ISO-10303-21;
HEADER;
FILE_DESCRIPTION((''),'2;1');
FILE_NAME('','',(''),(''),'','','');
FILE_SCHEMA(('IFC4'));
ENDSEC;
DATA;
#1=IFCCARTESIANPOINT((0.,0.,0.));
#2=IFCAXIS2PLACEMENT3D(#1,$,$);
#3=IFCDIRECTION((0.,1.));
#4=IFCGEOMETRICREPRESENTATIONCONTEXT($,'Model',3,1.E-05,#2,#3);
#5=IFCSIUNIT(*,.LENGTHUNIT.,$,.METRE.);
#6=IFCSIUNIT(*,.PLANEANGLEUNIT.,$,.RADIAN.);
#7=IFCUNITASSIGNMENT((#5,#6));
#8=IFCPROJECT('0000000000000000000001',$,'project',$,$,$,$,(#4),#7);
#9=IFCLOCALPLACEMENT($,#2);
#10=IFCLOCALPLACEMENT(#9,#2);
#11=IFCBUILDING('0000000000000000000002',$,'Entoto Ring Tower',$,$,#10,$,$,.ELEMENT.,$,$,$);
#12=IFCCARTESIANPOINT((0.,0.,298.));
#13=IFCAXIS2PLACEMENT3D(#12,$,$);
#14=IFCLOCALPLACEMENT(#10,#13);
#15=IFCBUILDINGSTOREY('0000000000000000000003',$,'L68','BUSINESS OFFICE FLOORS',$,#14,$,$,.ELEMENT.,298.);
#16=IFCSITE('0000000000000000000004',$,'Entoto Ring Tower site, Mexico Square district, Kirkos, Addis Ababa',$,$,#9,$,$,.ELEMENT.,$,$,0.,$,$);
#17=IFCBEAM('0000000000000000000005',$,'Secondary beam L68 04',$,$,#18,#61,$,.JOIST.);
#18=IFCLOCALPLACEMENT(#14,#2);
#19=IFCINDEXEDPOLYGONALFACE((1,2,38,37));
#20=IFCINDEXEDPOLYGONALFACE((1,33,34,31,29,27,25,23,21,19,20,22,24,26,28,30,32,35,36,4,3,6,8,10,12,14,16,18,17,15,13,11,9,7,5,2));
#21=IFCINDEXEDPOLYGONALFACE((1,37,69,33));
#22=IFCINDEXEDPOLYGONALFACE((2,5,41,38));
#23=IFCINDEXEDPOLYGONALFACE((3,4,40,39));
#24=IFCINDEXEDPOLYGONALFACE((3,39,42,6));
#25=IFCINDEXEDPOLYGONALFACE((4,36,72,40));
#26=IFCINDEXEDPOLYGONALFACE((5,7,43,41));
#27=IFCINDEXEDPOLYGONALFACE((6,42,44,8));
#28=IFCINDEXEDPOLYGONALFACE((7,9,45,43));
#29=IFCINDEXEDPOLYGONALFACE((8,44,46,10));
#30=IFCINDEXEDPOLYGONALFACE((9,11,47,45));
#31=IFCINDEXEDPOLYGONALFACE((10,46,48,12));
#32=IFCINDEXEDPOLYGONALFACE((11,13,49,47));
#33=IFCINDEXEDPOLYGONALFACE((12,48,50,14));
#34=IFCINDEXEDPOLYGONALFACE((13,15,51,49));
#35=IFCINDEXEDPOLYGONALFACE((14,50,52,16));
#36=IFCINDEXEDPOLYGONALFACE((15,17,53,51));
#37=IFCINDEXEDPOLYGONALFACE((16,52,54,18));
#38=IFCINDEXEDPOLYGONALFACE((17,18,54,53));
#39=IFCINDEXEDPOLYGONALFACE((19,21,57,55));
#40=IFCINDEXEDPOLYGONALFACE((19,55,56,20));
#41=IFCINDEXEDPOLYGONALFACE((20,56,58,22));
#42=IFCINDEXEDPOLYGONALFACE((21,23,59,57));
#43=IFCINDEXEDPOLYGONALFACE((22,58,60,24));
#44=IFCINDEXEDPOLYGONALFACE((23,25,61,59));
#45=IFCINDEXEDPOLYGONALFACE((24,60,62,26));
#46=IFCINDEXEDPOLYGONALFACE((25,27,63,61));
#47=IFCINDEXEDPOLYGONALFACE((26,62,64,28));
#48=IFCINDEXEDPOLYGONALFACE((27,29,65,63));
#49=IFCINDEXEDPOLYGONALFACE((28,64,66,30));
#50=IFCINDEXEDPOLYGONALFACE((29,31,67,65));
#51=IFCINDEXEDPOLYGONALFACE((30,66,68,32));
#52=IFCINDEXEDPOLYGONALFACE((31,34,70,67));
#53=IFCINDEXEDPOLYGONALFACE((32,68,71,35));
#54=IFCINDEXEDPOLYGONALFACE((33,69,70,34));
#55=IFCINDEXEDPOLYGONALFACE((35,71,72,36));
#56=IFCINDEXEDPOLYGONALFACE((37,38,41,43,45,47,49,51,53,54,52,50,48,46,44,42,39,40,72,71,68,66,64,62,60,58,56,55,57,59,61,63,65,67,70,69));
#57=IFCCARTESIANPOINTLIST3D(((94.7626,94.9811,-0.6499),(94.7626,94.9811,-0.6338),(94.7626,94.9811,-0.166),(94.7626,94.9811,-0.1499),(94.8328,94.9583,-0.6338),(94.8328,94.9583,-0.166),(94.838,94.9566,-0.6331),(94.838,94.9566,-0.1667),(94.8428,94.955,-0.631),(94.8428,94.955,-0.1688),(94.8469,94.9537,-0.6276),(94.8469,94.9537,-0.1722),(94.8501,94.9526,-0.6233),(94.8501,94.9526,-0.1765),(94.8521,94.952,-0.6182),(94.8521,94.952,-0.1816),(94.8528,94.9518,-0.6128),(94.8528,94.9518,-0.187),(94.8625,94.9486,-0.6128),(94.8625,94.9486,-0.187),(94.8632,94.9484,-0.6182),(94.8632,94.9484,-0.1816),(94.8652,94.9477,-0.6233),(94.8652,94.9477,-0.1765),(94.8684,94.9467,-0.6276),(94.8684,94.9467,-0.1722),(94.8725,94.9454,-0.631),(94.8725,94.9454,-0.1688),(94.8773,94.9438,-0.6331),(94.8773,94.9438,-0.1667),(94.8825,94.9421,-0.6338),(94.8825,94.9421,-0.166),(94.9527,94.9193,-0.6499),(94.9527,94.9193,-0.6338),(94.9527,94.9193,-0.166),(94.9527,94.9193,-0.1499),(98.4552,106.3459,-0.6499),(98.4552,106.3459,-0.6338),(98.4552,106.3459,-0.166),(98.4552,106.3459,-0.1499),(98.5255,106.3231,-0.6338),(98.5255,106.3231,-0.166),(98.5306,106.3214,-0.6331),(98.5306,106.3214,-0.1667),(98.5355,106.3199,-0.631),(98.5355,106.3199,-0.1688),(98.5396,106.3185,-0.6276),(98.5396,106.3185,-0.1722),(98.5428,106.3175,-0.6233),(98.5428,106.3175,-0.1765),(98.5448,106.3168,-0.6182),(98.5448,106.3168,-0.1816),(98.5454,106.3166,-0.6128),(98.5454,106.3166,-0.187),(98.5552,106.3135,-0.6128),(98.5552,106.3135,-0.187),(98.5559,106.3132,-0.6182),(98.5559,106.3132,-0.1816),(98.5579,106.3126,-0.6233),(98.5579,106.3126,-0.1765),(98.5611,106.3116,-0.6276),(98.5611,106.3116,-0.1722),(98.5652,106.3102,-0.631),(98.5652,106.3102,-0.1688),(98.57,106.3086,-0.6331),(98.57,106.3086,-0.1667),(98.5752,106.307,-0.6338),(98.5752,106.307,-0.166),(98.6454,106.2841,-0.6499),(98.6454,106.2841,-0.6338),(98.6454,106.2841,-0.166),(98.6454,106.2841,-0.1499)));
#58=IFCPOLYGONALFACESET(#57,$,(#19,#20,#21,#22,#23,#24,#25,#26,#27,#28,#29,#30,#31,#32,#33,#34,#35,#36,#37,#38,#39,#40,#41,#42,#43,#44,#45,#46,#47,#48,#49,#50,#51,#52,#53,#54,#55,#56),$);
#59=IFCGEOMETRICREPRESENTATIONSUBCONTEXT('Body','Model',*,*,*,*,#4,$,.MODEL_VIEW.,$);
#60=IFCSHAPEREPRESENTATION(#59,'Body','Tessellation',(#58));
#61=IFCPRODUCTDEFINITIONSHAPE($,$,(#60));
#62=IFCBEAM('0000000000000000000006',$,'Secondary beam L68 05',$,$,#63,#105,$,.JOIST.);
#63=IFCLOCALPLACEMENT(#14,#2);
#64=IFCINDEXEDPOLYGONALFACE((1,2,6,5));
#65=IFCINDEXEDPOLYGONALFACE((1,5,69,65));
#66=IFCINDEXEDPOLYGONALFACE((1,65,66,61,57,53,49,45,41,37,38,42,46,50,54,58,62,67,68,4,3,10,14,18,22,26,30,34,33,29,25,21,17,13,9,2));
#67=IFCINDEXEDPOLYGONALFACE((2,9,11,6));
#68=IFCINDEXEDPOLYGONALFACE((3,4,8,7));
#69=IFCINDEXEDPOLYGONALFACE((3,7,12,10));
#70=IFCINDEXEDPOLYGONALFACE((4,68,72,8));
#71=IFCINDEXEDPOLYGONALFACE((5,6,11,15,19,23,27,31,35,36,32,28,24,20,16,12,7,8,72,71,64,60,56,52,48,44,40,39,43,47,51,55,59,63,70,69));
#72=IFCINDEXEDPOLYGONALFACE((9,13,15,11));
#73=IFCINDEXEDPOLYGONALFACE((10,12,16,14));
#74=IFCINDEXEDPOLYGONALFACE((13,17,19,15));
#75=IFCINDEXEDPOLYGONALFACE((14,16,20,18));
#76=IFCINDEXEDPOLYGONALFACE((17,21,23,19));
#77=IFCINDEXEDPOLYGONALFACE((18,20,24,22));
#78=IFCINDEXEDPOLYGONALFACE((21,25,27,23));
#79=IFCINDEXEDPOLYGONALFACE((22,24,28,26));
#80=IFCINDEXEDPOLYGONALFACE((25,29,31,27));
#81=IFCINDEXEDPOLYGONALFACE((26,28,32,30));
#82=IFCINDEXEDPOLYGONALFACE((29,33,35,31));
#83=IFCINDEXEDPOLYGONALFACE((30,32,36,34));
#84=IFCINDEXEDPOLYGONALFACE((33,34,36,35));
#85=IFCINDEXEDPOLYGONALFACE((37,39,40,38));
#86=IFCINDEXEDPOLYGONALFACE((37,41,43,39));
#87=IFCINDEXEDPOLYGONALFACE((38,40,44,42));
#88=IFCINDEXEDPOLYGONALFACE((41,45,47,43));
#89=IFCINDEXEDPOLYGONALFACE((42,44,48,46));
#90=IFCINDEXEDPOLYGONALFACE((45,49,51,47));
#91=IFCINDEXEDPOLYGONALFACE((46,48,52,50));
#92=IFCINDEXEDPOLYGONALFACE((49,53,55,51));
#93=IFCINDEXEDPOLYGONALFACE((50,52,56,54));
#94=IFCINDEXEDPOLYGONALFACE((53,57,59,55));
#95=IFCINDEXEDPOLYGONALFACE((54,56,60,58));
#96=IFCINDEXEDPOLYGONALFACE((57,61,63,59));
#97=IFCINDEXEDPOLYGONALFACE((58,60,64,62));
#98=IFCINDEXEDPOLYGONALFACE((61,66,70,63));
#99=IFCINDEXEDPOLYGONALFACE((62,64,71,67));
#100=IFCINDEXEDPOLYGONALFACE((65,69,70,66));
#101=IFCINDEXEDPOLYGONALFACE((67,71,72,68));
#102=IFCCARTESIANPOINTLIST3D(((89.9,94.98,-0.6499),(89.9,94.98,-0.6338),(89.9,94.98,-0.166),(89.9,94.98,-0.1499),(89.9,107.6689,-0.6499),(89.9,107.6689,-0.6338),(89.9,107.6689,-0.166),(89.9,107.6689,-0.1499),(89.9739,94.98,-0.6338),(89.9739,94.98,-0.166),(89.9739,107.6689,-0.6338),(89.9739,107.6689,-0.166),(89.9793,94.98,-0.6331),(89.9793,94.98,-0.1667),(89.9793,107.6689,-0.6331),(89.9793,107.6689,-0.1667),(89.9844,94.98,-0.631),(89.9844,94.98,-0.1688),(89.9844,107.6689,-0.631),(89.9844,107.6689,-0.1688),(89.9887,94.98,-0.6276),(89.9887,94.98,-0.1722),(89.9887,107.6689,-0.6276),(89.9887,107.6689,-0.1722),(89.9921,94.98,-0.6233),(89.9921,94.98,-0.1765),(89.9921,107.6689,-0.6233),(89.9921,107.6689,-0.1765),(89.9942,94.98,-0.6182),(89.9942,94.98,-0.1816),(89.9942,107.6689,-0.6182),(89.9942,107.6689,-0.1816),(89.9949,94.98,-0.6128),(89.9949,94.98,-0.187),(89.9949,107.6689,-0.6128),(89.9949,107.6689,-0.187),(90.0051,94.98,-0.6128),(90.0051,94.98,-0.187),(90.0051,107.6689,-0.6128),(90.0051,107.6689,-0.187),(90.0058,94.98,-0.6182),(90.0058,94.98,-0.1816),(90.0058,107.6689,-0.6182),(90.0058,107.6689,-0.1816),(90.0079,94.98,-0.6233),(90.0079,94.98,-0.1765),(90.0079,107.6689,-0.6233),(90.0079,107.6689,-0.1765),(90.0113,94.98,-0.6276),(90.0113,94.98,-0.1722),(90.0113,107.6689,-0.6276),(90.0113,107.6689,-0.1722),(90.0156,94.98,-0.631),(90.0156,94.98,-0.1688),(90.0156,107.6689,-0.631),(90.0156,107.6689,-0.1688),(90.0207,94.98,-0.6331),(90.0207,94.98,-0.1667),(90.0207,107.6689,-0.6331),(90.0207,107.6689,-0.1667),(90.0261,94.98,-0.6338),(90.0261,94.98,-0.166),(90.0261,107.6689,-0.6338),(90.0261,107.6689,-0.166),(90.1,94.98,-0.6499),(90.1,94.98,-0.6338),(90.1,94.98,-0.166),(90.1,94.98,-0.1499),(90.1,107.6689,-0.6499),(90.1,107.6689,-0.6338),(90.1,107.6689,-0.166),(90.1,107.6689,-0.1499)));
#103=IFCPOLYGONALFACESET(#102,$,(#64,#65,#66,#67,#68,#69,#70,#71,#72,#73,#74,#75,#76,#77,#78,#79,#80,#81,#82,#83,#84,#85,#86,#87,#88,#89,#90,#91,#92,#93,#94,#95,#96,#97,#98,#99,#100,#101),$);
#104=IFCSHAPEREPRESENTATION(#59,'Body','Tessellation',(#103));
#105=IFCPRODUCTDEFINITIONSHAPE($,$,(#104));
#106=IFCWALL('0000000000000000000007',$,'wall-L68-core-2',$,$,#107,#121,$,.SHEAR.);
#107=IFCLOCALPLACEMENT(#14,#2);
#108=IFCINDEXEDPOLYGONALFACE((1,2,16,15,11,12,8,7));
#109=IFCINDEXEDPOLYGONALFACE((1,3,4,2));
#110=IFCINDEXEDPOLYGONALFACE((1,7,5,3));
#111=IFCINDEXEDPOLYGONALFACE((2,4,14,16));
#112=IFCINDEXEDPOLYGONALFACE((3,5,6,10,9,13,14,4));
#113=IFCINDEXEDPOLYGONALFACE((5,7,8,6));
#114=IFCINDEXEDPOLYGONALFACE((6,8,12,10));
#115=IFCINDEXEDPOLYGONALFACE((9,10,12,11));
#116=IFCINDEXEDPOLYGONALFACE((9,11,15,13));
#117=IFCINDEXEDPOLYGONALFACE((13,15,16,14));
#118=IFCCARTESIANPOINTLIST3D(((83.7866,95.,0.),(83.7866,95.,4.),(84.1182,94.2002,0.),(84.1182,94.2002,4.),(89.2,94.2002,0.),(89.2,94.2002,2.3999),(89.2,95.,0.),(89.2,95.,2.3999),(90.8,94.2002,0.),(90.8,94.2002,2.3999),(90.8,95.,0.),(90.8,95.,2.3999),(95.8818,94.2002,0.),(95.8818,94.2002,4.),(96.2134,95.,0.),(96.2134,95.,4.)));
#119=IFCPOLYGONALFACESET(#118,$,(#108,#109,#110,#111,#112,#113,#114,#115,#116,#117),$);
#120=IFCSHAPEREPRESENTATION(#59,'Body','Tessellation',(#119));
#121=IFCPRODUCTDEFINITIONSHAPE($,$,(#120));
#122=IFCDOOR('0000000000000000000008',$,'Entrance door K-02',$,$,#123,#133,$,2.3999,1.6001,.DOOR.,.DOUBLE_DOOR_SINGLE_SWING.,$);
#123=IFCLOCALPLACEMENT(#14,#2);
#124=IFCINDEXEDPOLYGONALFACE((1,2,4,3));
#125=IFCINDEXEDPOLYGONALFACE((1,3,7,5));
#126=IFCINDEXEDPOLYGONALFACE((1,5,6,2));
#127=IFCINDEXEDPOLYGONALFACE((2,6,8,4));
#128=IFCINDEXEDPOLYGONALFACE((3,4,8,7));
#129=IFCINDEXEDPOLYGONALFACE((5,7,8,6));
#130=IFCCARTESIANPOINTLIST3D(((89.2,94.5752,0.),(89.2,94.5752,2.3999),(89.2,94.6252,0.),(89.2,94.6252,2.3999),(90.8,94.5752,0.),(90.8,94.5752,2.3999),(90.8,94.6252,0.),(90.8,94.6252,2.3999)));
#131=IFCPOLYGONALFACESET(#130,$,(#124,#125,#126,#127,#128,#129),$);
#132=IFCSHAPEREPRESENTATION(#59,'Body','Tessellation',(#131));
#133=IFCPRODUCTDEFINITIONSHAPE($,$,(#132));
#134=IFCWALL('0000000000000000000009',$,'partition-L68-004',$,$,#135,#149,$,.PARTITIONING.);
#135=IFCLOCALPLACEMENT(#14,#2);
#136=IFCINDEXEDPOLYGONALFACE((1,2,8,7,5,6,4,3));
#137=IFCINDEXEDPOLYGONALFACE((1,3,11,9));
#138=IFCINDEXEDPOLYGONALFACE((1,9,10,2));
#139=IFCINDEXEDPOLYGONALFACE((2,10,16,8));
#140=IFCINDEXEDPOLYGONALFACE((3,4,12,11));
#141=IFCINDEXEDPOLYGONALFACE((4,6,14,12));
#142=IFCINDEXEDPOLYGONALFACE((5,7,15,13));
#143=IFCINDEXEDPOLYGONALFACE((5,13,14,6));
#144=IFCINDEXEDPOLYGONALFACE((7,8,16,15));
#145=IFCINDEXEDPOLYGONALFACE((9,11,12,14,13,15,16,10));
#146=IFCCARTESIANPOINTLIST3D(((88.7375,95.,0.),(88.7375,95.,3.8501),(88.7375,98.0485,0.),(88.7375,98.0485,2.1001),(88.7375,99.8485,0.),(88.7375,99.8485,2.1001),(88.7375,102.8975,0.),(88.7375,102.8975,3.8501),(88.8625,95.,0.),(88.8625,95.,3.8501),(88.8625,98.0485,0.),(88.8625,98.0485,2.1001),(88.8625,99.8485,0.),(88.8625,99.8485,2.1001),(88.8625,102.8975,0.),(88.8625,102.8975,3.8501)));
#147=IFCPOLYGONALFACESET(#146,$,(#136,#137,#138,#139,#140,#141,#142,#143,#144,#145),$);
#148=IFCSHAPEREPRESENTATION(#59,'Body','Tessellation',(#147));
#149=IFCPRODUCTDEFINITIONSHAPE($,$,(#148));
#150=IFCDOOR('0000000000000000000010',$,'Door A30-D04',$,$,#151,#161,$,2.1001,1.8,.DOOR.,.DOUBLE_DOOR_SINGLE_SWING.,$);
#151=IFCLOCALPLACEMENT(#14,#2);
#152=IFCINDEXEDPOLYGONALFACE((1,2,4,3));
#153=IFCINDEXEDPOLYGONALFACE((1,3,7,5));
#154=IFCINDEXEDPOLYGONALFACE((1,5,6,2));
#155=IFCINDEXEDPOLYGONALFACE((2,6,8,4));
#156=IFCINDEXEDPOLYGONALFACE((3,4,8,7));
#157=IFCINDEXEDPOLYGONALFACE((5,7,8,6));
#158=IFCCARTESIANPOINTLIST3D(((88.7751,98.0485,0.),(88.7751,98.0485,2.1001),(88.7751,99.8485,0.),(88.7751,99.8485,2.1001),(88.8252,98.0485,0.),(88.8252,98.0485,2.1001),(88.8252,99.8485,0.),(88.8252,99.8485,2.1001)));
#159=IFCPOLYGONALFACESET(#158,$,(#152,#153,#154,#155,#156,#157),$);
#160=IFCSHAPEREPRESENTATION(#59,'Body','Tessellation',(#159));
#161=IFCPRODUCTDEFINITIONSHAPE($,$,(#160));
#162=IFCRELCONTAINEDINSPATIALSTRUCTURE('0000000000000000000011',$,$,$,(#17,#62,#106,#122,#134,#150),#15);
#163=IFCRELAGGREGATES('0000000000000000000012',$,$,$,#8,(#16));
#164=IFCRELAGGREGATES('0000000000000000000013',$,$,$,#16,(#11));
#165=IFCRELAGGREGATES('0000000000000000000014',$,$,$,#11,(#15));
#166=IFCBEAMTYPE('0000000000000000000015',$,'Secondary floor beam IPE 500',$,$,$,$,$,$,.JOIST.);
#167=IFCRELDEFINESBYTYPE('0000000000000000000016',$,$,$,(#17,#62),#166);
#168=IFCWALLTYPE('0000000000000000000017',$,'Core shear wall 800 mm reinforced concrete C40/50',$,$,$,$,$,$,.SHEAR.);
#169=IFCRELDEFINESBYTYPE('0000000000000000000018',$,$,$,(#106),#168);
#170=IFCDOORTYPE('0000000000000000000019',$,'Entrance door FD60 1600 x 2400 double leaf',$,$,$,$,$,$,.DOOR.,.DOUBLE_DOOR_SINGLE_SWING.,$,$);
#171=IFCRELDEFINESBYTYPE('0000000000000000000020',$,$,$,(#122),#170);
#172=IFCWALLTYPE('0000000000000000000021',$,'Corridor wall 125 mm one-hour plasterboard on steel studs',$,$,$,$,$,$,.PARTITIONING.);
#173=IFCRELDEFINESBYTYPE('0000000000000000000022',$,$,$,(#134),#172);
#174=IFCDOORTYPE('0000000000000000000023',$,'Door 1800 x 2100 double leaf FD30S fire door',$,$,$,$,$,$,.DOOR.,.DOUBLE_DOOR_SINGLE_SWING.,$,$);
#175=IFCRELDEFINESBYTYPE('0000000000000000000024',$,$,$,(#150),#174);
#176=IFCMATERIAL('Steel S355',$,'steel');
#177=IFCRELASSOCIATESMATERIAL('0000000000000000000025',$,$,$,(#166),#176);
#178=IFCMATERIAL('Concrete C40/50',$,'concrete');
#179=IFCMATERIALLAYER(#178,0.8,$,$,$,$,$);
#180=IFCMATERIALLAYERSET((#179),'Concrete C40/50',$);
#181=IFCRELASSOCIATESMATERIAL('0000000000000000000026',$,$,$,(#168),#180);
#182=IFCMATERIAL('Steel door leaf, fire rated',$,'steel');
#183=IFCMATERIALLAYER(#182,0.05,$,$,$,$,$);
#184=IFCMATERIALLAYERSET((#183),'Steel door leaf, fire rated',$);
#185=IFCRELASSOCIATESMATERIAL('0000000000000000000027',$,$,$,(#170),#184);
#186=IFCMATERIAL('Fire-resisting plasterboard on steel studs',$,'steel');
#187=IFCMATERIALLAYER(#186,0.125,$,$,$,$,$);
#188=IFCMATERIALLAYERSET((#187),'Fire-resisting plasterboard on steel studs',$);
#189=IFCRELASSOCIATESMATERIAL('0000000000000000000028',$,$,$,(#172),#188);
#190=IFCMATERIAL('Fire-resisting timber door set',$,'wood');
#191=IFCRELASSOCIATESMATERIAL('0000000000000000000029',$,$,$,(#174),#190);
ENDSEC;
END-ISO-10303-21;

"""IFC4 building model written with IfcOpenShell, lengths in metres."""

from ifc_helpers import new_model, si_unit, direction, frame, frame_2d, origin, origin_2d, place, context, subcontext, project, spatial, polyline, rectangle, i_section, outline, extrude, material, layer, layer_set, material_profile, profile_set, type_object, element, fill, save


model = new_model("IFC4")

# Units and contexts
model_context = context("Model", 3, precision=1e-05, world=origin(), true_north=direction((0.0, 1.0)))
body_context = subcontext(model_context, "Body", "Model", "MODEL_VIEW")
ifc_project = project(units=[si_unit("LENGTHUNIT", "METRE"), si_unit("PLANEANGLEUNIT", "RADIAN")], contexts=[model_context])

# Site, building, storey
site_placement = place(None, origin())
site = spatial("IfcSite", under=ifc_project, at=site_placement, Name="Entoto Ring Tower site, Mexico Square district, Kirkos, Addis Ababa", CompositionType="ELEMENT", RefElevation=0.0)
building_placement = place(site_placement, origin())
building = spatial("IfcBuilding", under=site, at=building_placement, Name="Entoto Ring Tower", CompositionType="ELEMENT")
storey_placement = place(building_placement, frame((0.0, 0.0, 298.0)))
storey = spatial("IfcBuildingStorey", under=building, at=storey_placement, Name="L68", Description="BUSINESS OFFICE FLOORS", CompositionType="ELEMENT", Elevation=298.0)

# Beams
ifc_material_1 = material(Name="Steel S355", Category="steel")
ifc_material_profile_1 = material_profile(ifc_material_1, i_section(OverallWidth=0.2, OverallDepth=0.5, WebThickness=0.0103, FlangeThickness=0.0161, FilletRadius=0.021, at=origin_2d()), Name="IPE 500")
ifc_profile_set_1 = profile_set([ifc_material_profile_1], Name="Steel S355")
beam_type_1 = type_object("IfcBeamType", Name="Secondary floor beam IPE 500", PredefinedType="JOIST", material=ifc_profile_set_1)
beam_1_placement = place(storey_placement, frame((94.8577, 94.9502, -0.3999), z_axis=(0.309017, 0.951057, 0.0), x_axis=(-0.951057, 0.309017, 0.0)))
element("IfcBeam", 1, at=beam_1_placement, inside=storey, type_object=beam_type_1, Name="Secondary beam L68 04", PredefinedType="JOIST", context=body_context, shape_type="SweptSolid", body=[
    extrude(i_section(OverallWidth=0.2, OverallDepth=0.5, WebThickness=0.0103, FlangeThickness=0.0161, FilletRadius=0.021, at=origin_2d()), origin(), (0.0, 0.0, 1.0), 11.9497),
])
beam_2_placement = place(storey_placement, frame((90.0, 94.98, -0.3999), z_axis=(0.0, 1.0, 0.0), x_axis=(-1.0, 0.0, 0.0)))
element("IfcBeam", 2, at=beam_2_placement, inside=storey, type_object=beam_type_1, Name="Secondary beam L68 05", PredefinedType="JOIST", context=body_context, shape_type="SweptSolid", body=[
    extrude(i_section(OverallWidth=0.2, OverallDepth=0.5, WebThickness=0.0103, FlangeThickness=0.0161, FilletRadius=0.021, at=origin_2d()), origin(), (0.0, 0.0, 1.0), 12.689),
])

# Walls, openings, doors
ifc_material_2 = material(Name="Concrete C40/50", Category="concrete")
ifc_layer_1 = layer(ifc_material_2, 0.8)
ifc_layer_set_1 = layer_set([ifc_layer_1], Name="Concrete C40/50")
wall_type_1 = type_object("IfcWallType", Name="Core shear wall 800 mm reinforced concrete C40/50", PredefinedType="SHEAR", material=ifc_layer_set_1)
wall_1_placement = place(storey_placement, frame((96.0476, 94.6001, 0.0), z_axis=(0.0, 0.0, 1.0), x_axis=(-1.0, 0.0, 0.0)))
wall_1 = element("IfcWall", 3, at=wall_1_placement, inside=storey, type_object=wall_type_1, Name="wall-L68-core-2", PredefinedType="SHEAR", context=body_context, shape_type="SweptSolid", body=[
    extrude(outline(polyline([(-0.1658, -0.3999), (12.261, -0.3999), (11.9294, 0.3999), (0.1658, 0.3999), (-0.1658, -0.3999)])), origin(), (0.0, 0.0, 1.0), 4.0),
])
opening_1_placement = place(wall_1_placement, frame((5.2476, 0.0, 0.0)))
opening_1 = element("IfcOpeningElement", 4, at=opening_1_placement, cuts=wall_1, PredefinedType="OPENING", context=body_context, shape_type="SweptSolid", body=[
    extrude(rectangle(XDim=1.6001, YDim=2.3999, at=frame_2d((0.8, 1.2))), frame((0.0, 0.4102, 0.0), z_axis=(0.0, -1.0, 0.0), x_axis=(1.0, 0.0, 0.0)), (0.0, 0.0, 1.0), 0.8201),
])
ifc_material_3 = material(Name="Steel door leaf, fire rated", Category="steel")
ifc_layer_2 = layer(ifc_material_3, 0.05)
ifc_layer_set_2 = layer_set([ifc_layer_2], Name="Steel door leaf, fire rated")
door_type_1 = type_object("IfcDoorType", Name="Entrance door FD60 1600 x 2400 double leaf", OperationType="DOUBLE_DOOR_SINGLE_SWING", PredefinedType="DOOR", material=ifc_layer_set_2)
door_1_placement = place(opening_1_placement, origin())
door_1 = element("IfcDoor", 5, at=door_1_placement, inside=storey, type_object=door_type_1, Name="Entrance door K-02", OperationType="DOUBLE_DOOR_SINGLE_SWING", OverallHeight=2.3999, OverallWidth=1.6001, PredefinedType="DOOR", context=body_context, shape_type="SweptSolid", body=[
    extrude(rectangle(XDim=1.6001, YDim=2.3999, at=frame_2d((0.8, 1.2))), frame((0.0, 0.0249, 0.0), z_axis=(0.0, -1.0, 0.0), x_axis=(1.0, 0.0, 0.0)), (0.0, 0.0, 1.0), 0.05),
])
fill(opening_1, door_1)
ifc_material_4 = material(Name="Fire-resisting plasterboard on steel studs", Category="steel")
ifc_layer_3 = layer(ifc_material_4, 0.125)
ifc_layer_set_3 = layer_set([ifc_layer_3], Name="Fire-resisting plasterboard on steel studs")
wall_type_2 = type_object("IfcWallType", Name="Corridor wall 125 mm one-hour plasterboard on steel studs", PredefinedType="PARTITIONING", material=ifc_layer_set_3)
wall_2_placement = place(storey_placement, frame((88.8, 95.0, 0.0), z_axis=(0.0, 0.0, 1.0), x_axis=(0.0, 1.0, 0.0)))
wall_2 = element("IfcWall", 6, at=wall_2_placement, inside=storey, type_object=wall_type_2, Name="partition-L68-004", PredefinedType="PARTITIONING", context=body_context, shape_type="SweptSolid", body=[
    extrude(rectangle(XDim=7.8975, YDim=0.125, at=frame_2d((3.9487, 0.0))), origin(), (0.0, 0.0, 1.0), 3.8501),
])
opening_2_placement = place(wall_2_placement, frame((3.0486, 0.0, 0.0)))
opening_2 = element("IfcOpeningElement", 7, at=opening_2_placement, cuts=wall_2, PredefinedType="OPENING", context=body_context, shape_type="SweptSolid", body=[
    extrude(rectangle(XDim=1.8, YDim=2.1001, at=frame_2d((0.8999, 1.05))), frame((0.0, 0.0725, 0.0), z_axis=(0.0, -1.0, 0.0), x_axis=(1.0, 0.0, 0.0)), (0.0, 0.0, 1.0), 0.145),
])
ifc_material_5 = material(Name="Fire-resisting timber door set", Category="wood")
door_type_2 = type_object("IfcDoorType", Name="Door 1800 x 2100 double leaf FD30S fire door", OperationType="DOUBLE_DOOR_SINGLE_SWING", PredefinedType="DOOR", material=ifc_material_5)
door_2_placement = place(opening_2_placement, origin())
door_2 = element("IfcDoor", 8, at=door_2_placement, inside=storey, type_object=door_type_2, Name="Door A30-D04", OperationType="DOUBLE_DOOR_SINGLE_SWING", OverallHeight=2.1001, OverallWidth=1.8, PredefinedType="DOOR", context=body_context, shape_type="SweptSolid", body=[
    extrude(rectangle(XDim=1.8, YDim=2.1001, at=frame_2d((0.8999, 1.05))), frame((0.0, 0.0249, 0.0), z_axis=(0.0, -1.0, 0.0), x_axis=(1.0, 0.0, 0.0)), (0.0, 0.0, 1.0), 0.05),
])
fill(opening_2, door_2)

save(model, "model.ifc")
